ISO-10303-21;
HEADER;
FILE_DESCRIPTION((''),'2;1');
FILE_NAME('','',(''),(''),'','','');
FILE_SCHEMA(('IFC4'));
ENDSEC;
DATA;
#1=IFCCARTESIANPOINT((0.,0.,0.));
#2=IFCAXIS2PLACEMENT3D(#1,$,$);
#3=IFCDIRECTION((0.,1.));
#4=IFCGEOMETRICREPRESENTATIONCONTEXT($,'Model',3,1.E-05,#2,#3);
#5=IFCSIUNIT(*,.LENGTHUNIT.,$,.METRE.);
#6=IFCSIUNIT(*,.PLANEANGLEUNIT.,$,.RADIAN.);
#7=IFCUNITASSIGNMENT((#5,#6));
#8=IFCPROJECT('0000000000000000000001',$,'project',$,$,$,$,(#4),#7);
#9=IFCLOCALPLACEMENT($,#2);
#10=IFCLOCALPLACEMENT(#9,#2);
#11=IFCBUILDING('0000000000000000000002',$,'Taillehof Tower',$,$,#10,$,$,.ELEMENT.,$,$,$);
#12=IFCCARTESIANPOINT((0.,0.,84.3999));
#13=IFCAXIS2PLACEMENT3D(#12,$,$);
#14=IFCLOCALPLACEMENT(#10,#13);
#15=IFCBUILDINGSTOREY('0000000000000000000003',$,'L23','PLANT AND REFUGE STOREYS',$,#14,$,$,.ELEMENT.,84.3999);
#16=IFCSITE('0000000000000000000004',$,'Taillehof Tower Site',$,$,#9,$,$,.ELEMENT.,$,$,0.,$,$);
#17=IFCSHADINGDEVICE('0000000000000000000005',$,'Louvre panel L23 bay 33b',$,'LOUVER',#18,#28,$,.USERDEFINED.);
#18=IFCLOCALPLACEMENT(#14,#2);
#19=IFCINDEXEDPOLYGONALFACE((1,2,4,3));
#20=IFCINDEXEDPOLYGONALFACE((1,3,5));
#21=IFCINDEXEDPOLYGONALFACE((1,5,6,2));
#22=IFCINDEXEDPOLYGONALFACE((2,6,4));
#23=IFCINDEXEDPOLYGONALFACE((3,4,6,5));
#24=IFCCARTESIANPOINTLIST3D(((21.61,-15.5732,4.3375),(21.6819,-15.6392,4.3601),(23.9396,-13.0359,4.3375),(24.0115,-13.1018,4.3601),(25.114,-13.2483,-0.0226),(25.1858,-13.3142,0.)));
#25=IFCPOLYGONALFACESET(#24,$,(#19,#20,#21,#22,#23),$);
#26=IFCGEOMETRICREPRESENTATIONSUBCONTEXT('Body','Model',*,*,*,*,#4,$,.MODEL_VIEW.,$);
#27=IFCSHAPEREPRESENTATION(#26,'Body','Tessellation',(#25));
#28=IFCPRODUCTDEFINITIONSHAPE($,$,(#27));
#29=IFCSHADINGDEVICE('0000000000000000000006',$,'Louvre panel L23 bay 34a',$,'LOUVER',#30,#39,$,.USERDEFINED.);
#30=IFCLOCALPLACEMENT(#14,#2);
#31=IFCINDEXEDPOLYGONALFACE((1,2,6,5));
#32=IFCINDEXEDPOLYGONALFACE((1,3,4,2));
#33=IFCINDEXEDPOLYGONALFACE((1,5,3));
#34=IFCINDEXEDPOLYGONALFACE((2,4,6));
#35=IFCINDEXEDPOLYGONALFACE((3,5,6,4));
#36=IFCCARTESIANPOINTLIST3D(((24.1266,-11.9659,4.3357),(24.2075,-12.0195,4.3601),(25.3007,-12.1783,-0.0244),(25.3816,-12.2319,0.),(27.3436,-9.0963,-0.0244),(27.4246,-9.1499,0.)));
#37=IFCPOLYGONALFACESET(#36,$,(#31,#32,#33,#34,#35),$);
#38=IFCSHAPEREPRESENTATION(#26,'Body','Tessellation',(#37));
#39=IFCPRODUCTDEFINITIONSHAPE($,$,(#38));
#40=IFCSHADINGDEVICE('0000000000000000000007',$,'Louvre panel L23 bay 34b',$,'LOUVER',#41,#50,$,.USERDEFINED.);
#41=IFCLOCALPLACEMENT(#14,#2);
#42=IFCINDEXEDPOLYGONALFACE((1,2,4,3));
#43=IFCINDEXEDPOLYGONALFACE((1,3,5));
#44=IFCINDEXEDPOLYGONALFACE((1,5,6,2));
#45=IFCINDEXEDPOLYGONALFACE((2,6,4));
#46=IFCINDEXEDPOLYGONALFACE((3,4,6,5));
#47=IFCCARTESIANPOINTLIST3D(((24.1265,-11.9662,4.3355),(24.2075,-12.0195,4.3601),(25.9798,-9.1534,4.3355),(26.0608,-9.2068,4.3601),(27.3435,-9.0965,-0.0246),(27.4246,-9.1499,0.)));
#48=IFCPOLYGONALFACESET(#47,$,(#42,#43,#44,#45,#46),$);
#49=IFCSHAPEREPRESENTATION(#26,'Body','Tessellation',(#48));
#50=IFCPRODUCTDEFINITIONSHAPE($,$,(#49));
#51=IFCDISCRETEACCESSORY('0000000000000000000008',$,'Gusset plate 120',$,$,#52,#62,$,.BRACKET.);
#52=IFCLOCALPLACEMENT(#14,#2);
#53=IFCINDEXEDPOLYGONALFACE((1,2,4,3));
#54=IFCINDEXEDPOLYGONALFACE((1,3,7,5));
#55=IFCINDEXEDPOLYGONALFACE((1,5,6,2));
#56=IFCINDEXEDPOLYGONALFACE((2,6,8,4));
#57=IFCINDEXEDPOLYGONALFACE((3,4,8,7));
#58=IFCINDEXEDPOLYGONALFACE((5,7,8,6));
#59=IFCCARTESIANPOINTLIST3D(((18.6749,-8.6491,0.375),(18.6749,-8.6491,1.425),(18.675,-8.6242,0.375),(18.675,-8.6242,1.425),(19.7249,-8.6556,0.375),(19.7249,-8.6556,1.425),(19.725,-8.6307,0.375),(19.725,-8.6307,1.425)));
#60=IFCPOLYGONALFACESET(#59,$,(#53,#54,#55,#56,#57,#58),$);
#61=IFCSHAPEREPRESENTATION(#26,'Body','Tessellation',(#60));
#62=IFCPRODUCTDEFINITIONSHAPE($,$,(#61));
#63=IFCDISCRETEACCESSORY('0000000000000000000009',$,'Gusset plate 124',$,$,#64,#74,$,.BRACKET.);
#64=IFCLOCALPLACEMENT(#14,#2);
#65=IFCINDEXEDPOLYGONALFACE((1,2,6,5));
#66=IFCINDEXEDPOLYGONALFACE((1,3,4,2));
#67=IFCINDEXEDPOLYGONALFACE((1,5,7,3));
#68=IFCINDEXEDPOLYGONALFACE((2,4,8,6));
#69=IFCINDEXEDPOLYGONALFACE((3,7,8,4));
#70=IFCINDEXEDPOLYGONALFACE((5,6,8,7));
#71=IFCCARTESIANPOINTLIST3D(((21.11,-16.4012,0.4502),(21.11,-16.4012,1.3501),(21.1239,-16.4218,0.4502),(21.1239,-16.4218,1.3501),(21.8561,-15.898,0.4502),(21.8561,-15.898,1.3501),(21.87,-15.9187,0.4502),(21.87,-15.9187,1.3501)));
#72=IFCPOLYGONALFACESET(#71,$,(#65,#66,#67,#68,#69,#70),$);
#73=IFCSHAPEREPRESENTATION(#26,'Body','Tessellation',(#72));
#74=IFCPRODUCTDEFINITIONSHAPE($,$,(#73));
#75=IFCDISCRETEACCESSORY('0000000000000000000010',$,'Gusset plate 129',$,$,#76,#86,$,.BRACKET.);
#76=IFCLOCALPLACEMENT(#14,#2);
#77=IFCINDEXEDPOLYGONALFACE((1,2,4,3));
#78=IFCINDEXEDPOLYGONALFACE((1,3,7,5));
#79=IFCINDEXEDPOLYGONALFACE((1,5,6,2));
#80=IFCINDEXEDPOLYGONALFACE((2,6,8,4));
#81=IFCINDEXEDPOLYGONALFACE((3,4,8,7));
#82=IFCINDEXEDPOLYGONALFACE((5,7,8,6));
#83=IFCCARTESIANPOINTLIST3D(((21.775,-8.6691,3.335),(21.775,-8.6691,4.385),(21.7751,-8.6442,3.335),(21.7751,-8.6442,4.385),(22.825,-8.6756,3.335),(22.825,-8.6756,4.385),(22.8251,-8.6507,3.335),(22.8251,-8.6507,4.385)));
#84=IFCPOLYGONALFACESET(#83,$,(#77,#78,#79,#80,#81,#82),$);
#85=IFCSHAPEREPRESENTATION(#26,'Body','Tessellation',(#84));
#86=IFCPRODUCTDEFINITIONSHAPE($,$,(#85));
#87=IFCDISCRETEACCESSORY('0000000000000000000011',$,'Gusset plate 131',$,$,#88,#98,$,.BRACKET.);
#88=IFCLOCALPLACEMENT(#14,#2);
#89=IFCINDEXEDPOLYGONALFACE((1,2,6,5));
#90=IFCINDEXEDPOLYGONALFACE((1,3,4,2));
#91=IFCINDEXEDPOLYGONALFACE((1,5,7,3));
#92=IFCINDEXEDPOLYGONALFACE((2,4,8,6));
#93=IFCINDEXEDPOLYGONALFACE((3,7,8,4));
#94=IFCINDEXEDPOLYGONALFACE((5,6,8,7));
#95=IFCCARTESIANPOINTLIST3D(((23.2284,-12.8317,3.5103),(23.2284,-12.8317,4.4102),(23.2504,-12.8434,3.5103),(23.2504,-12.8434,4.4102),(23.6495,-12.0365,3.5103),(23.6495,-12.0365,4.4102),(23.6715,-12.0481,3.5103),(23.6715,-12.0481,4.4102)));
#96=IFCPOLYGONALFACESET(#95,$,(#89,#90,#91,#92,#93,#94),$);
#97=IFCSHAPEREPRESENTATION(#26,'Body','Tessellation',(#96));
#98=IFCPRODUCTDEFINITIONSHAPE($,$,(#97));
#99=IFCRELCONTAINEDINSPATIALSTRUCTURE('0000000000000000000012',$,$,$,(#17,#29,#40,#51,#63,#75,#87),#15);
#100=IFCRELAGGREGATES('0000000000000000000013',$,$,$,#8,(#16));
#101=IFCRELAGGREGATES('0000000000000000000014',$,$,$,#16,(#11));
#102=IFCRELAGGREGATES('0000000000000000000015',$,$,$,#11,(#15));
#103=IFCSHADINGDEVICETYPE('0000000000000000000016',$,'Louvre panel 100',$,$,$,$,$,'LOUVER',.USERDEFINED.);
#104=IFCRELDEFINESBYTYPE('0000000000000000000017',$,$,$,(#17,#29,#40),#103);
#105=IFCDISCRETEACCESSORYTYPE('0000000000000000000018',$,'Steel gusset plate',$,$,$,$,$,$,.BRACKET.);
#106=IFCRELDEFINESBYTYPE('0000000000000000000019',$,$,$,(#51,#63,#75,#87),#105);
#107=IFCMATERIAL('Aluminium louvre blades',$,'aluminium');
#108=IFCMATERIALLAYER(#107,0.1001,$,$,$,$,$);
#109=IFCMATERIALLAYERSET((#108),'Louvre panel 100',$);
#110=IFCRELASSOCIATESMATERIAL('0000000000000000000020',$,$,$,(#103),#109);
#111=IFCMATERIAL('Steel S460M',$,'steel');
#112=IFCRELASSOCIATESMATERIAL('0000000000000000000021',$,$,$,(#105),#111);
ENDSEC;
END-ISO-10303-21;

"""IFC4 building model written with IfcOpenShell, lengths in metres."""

from ifc_helpers import new_model, si_unit, direction, frame, origin, origin_2d, place, context, subcontext, project, spatial, polyline, rectangle, outline, extrude, material, layer, layer_set, type_object, element, save


model = new_model("IFC4")

# Units and contexts
model_context = context("Model", 3, precision=1e-05, world=origin(), true_north=direction((0.0, 1.0)))
body_context = subcontext(model_context, "Body", "Model", "MODEL_VIEW")
ifc_project = project(units=[si_unit("LENGTHUNIT", "METRE"), si_unit("PLANEANGLEUNIT", "RADIAN")], contexts=[model_context])

# Site, building, storey
site_placement = place(None, origin())
site = spatial("IfcSite", under=ifc_project, at=site_placement, Name="Taillehof Tower Site", CompositionType="ELEMENT", RefElevation=0.0)
building_placement = place(site_placement, origin())
building = spatial("IfcBuilding", under=site, at=building_placement, Name="Taillehof Tower", CompositionType="ELEMENT")
storey_placement = place(building_placement, frame((0.0, 0.0, 84.3999)))
storey = spatial("IfcBuildingStorey", under=building, at=storey_placement, Name="L23", Description="PLANT AND REFUGE STOREYS", CompositionType="ELEMENT", Elevation=84.3999)

# Shading devices
ifc_material_1 = material(Name="Aluminium louvre blades", Category="aluminium")
ifc_layer_1 = layer(ifc_material_1, 0.1001)
ifc_layer_set_1 = layer_set([ifc_layer_1], Name="Louvre panel 100")
shading_device_type = type_object("IfcShadingDeviceType", Name="Louvre panel 100", ElementType="LOUVER", PredefinedType="USERDEFINED", material=ifc_layer_set_1)
shading_device_1_placement = place(storey_placement, frame((25.1858, -13.3142, 0.0), z_axis=(0.717667, -0.658903, 0.225389), x_axis=(-0.259777, 0.046987, 0.964525)))
element("IfcShadingDevice", 1, at=shading_device_1_placement, inside=storey, type_object=shading_device_type, Name="Louvre panel L23 bay 33b", ObjectType="LOUVER", PredefinedType="USERDEFINED", context=body_context, shape_type="SweptSolid", body=[
    extrude(outline(polyline([(0.0, 0.0), (4.5205, 0.0), (5.0064, 3.4101), (0.0, 0.0)])), origin(), (0.0, 0.0, -1.0), 0.1001),
])
shading_device_2_placement = place(storey_placement, frame((25.3816, -12.2319, 0.0), z_axis=(0.808364, -0.535836, 0.243776), x_axis=(0.552504, 0.83351, 0.0)))
element("IfcShadingDevice", 2, at=shading_device_2_placement, inside=storey, type_object=shading_device_type, Name="Louvre panel L23 bay 34a", ObjectType="LOUVER", PredefinedType="USERDEFINED", context=body_context, shape_type="SweptSolid", body=[
    extrude(outline(polyline([(0.0, 0.0), (3.6977, 0.0), (-0.4716, 4.4957), (0.0, 0.0)])), origin(), (0.0, 0.0, -1.0), 0.1001),
])
shading_device_3_placement = place(storey_placement, frame((27.4246, -9.1499, 0.0), z_axis=(0.809337, -0.533259, 0.24619), x_axis=(-0.298498, -0.012451, 0.954329)))
element("IfcShadingDevice", 3, at=shading_device_3_placement, inside=storey, type_object=shading_device_type, Name="Louvre panel L23 bay 34b", ObjectType="LOUVER", PredefinedType="USERDEFINED", context=body_context, shape_type="SweptSolid", body=[
    extrude(outline(polyline([(0.0, 0.0), (4.5688, 0.0), (5.157, 3.3166), (0.0, 0.0)])), origin(), (0.0, 0.0, -1.0), 0.1001),
])

# Discrete accessories
ifc_material_2 = material(Name="Steel S460M", Category="steel")
discrete_accessory_type = type_object("IfcDiscreteAccessoryType", Name="Steel gusset plate", PredefinedType="BRACKET", material=ifc_material_2)
discrete_accessory_1_placement = place(storey_placement, frame((19.2, -8.6399, 0.375), z_axis=(0.0, 0.0, 1.0), x_axis=(0.999981, -0.006213, 0.0)))
element("IfcDiscreteAccessory", 4, at=discrete_accessory_1_placement, inside=storey, type_object=discrete_accessory_type, Name="Gusset plate 120", PredefinedType="BRACKET", context=body_context, shape_type="SweptSolid", body=[
    extrude(rectangle(XDim=1.05, YDim=0.0249, at=origin_2d()), origin(), (0.0, 0.0, 1.0), 1.05),
])
discrete_accessory_2_placement = place(storey_placement, frame((21.49, -16.1599, 0.4502), z_axis=(0.0, 0.0, 1.0), x_axis=(0.829081, 0.559128, 0.0)))
element("IfcDiscreteAccessory", 5, at=discrete_accessory_2_placement, inside=storey, type_object=discrete_accessory_type, Name="Gusset plate 124", PredefinedType="BRACKET", context=body_context, shape_type="SweptSolid", body=[
    extrude(rectangle(XDim=0.8999, YDim=0.0249, at=origin_2d()), origin(), (0.0, 0.0, 1.0), 0.8999),
])
discrete_accessory_3_placement = place(storey_placement, frame((22.3, -8.6599, 3.335), z_axis=(0.0, 0.0, 1.0), x_axis=(0.999981, -0.006213, 0.0)))
element("IfcDiscreteAccessory", 6, at=discrete_accessory_3_placement, inside=storey, type_object=discrete_accessory_type, Name="Gusset plate 129", PredefinedType="BRACKET", context=body_context, shape_type="SweptSolid", body=[
    extrude(rectangle(XDim=1.05, YDim=0.0249, at=origin_2d()), origin(), (0.0, 0.0, 1.0), 1.05),
])
discrete_accessory_4_placement = place(storey_placement, frame((23.45, -12.4399, 3.5103), z_axis=(0.0, 0.0, 1.0), x_axis=(0.468033, 0.883711, 0.0)))
element("IfcDiscreteAccessory", 7, at=discrete_accessory_4_placement, inside=storey, type_object=discrete_accessory_type, Name="Gusset plate 131", PredefinedType="BRACKET", context=body_context, shape_type="SweptSolid", body=[
    extrude(rectangle(XDim=0.8999, YDim=0.0249, at=origin_2d()), origin(), (0.0, 0.0, 1.0), 0.8999),
])

save(model, "model.ifc")
